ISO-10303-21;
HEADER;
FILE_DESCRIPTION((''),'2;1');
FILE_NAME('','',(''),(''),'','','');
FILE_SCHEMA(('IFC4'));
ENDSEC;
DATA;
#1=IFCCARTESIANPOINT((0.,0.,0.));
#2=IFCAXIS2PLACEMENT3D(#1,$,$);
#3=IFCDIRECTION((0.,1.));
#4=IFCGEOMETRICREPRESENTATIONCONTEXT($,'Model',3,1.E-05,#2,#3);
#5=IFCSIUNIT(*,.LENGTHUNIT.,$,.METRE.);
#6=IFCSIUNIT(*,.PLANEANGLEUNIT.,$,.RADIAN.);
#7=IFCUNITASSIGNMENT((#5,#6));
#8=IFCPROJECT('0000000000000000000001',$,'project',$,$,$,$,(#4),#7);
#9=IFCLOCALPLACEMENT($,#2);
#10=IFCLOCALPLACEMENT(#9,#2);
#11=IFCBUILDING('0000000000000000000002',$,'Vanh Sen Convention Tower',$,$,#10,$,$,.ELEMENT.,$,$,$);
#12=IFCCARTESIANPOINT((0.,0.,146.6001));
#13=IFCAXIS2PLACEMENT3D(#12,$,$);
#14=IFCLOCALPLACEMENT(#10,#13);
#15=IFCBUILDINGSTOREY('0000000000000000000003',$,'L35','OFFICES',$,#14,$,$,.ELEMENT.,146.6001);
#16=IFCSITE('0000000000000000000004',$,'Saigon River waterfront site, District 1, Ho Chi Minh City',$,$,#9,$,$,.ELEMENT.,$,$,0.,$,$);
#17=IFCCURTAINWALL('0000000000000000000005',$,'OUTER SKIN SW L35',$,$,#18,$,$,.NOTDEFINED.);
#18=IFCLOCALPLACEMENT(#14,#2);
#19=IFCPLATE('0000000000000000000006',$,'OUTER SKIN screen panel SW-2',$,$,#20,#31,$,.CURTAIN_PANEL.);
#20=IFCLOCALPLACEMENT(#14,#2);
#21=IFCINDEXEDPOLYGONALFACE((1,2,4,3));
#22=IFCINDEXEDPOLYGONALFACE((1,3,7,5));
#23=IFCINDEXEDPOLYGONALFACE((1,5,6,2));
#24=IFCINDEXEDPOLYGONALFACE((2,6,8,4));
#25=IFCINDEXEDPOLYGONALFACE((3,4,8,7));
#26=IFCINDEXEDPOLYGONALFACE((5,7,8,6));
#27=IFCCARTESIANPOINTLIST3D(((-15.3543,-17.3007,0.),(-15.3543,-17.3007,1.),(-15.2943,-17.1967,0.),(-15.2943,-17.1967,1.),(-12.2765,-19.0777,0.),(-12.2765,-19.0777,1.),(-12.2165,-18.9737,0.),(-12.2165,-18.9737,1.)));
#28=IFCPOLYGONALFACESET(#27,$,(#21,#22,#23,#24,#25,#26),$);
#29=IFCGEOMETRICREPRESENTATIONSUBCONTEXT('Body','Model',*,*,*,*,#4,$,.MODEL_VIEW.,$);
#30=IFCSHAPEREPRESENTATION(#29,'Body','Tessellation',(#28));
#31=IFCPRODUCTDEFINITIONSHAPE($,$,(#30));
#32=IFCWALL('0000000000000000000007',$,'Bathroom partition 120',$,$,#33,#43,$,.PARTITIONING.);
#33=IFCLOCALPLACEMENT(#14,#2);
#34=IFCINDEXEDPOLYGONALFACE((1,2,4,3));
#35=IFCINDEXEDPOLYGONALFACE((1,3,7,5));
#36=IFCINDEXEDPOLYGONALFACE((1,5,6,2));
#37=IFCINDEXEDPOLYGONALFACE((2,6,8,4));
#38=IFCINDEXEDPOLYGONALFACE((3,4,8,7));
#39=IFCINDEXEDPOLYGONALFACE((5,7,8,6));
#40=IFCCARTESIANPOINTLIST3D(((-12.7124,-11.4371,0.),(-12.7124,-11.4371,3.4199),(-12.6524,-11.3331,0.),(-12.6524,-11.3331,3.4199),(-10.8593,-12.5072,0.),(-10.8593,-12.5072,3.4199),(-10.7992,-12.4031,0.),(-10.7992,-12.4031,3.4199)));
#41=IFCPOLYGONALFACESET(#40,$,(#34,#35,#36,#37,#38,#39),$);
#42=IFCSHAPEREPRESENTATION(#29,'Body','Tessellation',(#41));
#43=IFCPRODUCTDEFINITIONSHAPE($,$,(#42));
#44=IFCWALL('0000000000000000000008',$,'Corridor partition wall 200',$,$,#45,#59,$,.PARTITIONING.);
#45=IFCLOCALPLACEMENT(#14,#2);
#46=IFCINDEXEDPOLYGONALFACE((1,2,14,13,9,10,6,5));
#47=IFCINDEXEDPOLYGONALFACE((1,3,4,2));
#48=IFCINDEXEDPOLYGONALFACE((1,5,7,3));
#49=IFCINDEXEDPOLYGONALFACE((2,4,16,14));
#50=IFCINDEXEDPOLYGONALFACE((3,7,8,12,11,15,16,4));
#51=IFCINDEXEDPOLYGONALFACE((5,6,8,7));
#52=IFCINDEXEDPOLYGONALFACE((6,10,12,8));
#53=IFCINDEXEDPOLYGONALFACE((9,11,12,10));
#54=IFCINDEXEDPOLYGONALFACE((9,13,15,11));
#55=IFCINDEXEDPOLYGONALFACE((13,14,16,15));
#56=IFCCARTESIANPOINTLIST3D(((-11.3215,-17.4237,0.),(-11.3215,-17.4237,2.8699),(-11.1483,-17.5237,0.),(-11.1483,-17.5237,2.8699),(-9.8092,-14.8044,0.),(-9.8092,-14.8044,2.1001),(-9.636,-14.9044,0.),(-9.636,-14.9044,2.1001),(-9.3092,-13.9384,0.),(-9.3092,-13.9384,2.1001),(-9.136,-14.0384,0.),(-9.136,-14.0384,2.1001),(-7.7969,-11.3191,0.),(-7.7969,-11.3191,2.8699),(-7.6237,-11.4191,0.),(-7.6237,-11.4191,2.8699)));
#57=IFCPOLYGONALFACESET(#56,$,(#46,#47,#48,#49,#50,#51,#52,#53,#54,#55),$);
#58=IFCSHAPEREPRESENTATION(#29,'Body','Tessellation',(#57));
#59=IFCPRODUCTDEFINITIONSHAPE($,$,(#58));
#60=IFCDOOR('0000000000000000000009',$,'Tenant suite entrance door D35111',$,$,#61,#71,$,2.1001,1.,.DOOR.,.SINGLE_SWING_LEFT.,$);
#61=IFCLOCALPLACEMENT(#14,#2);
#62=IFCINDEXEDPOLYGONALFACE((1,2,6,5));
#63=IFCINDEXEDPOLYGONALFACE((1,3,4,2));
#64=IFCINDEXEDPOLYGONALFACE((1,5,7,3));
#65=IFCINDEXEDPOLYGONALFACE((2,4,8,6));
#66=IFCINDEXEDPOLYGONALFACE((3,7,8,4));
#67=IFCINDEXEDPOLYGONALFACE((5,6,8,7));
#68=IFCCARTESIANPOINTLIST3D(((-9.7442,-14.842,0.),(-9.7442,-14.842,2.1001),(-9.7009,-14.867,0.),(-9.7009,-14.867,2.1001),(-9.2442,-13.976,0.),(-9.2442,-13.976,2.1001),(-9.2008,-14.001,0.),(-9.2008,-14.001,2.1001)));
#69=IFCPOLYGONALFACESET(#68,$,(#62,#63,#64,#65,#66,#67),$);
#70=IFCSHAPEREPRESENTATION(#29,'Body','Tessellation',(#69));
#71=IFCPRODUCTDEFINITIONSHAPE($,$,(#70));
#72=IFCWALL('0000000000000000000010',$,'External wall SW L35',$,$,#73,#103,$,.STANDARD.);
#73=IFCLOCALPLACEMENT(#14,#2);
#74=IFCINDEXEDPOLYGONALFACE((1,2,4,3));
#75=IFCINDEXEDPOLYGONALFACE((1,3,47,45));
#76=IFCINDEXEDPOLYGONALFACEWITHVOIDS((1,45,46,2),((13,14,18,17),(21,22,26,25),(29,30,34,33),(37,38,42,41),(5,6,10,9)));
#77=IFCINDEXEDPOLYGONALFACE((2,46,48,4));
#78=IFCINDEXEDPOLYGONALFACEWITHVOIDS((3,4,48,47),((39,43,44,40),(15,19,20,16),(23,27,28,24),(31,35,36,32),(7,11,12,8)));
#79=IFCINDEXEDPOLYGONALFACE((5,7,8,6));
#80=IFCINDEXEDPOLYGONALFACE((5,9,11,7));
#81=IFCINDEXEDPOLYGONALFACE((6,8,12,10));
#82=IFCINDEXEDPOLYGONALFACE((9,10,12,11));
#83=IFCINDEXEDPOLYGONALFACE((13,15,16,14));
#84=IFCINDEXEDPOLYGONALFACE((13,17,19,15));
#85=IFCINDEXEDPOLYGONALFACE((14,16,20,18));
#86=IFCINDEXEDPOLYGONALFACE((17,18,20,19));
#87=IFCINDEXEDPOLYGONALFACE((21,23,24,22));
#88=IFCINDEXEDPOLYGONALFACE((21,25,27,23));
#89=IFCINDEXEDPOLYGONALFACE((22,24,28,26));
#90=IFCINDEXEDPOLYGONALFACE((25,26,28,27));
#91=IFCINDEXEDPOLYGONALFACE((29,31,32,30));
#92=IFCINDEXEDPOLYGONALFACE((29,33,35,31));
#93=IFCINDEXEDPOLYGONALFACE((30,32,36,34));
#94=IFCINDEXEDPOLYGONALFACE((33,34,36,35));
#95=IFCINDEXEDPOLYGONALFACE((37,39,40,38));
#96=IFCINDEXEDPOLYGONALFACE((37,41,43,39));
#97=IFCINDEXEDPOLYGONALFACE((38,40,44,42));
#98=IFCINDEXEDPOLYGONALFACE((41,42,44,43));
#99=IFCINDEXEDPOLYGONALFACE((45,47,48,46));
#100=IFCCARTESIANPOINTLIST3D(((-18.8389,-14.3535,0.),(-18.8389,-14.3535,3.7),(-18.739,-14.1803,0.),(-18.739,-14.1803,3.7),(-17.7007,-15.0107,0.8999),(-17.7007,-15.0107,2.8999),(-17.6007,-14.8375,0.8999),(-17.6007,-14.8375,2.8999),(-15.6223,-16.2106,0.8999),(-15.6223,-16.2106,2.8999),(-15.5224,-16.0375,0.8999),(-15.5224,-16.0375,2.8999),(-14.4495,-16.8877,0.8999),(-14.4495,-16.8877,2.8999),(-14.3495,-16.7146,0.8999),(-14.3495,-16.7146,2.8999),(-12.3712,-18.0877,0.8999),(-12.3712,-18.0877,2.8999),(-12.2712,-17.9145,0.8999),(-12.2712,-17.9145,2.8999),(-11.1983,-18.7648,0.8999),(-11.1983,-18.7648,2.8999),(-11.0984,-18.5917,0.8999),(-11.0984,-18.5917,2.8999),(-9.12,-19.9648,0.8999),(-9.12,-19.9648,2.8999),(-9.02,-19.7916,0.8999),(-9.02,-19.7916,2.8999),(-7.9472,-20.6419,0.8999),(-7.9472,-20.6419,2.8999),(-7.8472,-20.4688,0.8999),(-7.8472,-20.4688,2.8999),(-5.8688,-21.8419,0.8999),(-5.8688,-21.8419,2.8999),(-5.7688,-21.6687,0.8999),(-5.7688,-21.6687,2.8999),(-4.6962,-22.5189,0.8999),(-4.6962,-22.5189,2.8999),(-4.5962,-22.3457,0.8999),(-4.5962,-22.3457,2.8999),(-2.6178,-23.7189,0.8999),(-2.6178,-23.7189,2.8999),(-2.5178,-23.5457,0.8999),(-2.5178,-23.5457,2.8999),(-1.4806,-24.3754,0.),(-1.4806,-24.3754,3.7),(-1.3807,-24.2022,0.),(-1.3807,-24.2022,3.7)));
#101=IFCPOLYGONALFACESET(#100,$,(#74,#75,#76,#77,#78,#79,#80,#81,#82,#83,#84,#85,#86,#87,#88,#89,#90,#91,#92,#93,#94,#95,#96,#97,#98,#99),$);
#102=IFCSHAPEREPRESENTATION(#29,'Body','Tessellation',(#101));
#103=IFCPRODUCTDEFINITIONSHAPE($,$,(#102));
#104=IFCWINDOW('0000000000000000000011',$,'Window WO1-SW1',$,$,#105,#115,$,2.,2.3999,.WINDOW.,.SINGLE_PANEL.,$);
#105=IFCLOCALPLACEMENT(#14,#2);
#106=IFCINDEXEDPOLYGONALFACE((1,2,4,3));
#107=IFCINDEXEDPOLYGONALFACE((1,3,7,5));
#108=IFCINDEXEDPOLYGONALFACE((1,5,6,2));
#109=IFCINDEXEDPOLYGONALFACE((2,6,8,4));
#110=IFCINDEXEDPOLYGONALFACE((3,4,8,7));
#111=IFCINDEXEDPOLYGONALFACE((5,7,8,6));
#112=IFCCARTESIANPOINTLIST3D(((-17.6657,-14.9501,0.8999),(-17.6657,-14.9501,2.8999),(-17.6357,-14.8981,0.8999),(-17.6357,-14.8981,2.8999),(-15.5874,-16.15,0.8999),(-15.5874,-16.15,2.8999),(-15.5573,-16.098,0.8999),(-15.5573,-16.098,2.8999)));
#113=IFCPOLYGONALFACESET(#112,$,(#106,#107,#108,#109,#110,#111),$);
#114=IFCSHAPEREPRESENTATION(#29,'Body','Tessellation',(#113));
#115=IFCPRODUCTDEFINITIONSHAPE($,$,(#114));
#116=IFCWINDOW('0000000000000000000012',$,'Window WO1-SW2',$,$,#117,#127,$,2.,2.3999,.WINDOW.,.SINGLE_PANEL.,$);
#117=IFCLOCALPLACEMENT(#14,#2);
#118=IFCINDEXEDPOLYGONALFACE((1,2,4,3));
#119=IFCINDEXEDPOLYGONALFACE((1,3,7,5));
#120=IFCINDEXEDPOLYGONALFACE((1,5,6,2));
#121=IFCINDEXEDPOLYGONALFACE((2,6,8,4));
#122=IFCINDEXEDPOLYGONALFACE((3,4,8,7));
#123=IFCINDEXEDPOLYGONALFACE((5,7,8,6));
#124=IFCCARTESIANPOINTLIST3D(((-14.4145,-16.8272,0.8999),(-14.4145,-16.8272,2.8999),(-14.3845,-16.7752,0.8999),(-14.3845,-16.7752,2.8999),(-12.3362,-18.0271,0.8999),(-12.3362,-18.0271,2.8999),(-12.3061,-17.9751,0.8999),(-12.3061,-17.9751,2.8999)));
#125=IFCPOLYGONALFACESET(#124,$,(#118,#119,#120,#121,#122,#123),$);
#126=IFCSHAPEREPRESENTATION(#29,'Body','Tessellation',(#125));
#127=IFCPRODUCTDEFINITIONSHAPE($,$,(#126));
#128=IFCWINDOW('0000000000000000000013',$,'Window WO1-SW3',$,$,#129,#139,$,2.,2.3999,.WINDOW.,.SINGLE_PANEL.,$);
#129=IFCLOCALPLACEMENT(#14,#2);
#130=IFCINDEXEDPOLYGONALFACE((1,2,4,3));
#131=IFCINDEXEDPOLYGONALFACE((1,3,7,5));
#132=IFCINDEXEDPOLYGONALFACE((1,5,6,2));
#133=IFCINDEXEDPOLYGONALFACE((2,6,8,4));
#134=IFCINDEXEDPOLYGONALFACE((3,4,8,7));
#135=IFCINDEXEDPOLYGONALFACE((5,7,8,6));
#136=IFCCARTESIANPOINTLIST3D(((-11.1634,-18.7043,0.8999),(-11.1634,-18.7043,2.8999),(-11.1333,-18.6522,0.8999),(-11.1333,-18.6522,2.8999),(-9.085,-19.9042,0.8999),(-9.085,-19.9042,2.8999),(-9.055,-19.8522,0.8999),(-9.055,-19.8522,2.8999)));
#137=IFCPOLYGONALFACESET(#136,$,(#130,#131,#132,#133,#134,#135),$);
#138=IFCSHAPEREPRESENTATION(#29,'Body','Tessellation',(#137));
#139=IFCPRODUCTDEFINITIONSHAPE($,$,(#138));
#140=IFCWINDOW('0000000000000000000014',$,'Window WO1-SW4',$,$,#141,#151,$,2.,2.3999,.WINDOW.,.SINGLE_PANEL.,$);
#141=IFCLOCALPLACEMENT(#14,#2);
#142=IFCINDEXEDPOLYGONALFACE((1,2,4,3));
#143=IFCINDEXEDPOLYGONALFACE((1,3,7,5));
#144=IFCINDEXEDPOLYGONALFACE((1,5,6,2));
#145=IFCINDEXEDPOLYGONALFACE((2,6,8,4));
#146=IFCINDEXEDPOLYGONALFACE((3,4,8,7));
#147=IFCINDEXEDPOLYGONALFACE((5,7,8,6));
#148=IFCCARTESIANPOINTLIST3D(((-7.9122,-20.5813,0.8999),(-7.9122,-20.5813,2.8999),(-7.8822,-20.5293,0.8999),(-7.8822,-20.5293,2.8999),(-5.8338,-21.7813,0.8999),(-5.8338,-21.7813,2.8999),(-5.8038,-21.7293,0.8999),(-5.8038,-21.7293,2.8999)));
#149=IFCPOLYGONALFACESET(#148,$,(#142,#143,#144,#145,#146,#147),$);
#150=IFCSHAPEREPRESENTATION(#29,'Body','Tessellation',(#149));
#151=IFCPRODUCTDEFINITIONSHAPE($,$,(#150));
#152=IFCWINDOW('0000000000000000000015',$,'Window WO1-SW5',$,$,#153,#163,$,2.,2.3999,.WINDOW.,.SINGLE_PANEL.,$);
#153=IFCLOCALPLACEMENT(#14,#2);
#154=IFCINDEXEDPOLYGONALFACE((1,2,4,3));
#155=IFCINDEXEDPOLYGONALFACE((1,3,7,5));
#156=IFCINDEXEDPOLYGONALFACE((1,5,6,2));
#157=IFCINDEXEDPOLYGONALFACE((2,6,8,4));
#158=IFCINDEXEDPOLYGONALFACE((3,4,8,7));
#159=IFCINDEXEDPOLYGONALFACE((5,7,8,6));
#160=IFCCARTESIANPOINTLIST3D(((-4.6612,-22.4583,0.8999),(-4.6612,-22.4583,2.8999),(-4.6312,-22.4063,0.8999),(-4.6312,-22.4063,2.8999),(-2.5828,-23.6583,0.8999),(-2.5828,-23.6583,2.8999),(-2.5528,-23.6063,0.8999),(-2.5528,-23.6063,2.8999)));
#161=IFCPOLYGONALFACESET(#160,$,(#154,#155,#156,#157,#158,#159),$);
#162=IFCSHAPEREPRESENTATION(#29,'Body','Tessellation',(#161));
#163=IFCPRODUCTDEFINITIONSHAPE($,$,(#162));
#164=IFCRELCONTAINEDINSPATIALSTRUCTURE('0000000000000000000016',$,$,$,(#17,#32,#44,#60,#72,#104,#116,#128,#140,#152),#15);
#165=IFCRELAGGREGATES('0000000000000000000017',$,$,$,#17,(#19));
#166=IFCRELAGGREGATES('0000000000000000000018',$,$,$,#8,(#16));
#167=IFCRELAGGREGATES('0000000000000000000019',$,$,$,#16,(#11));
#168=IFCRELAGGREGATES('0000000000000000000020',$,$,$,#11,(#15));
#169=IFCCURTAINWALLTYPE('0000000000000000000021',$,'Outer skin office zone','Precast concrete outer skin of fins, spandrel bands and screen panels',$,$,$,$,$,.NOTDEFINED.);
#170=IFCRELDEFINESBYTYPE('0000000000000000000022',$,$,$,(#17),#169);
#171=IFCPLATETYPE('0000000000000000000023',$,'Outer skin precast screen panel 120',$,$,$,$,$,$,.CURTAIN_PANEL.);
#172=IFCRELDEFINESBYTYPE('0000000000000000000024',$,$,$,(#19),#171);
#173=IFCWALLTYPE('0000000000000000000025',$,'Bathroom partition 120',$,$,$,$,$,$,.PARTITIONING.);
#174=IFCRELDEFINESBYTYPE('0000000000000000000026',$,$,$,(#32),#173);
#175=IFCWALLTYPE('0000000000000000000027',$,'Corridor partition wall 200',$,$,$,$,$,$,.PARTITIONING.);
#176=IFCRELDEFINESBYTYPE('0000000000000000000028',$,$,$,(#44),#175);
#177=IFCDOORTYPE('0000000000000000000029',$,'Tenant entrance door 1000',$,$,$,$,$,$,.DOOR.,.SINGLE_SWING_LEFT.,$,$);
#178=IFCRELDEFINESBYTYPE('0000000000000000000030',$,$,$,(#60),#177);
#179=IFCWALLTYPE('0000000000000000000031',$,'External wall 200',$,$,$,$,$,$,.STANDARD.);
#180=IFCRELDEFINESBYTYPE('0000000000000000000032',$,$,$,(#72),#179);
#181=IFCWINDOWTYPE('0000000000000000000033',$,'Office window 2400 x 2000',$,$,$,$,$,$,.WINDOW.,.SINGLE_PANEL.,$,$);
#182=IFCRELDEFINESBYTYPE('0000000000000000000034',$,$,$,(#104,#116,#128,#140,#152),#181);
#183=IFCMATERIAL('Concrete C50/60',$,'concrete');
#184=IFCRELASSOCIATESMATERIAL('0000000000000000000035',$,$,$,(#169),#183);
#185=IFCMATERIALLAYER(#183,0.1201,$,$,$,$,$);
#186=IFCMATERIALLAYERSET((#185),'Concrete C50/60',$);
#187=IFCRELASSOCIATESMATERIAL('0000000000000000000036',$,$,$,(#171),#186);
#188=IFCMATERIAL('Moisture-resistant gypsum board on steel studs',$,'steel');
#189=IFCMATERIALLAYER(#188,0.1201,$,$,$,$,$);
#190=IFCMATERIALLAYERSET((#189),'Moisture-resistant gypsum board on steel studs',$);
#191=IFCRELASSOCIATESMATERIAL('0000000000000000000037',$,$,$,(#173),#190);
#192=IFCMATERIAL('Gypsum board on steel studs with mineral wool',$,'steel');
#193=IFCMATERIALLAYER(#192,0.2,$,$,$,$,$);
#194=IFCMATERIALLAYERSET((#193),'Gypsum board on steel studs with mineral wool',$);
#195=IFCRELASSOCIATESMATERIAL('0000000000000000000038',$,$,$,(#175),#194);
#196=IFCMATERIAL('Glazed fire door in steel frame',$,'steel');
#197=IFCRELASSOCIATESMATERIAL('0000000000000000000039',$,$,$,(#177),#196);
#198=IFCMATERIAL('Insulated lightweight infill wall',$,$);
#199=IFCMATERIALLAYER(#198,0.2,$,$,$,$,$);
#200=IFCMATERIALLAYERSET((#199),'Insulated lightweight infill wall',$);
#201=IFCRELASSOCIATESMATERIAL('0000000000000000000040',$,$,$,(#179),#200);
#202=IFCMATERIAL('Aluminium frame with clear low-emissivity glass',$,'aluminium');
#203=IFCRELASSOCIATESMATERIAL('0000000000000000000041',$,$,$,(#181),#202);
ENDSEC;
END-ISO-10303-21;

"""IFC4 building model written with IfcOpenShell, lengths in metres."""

from ifc_helpers import new_model, si_unit, direction, frame, frame_2d, origin, origin_2d, place, context, subcontext, project, spatial, rectangle, extrude, material, layer, layer_set, type_object, element, fill, aggregate, save


model = new_model("IFC4")

# Units and contexts
model_context = context("Model", 3, precision=1e-05, world=origin(), true_north=direction((0.0, 1.0)))
body_context = subcontext(model_context, "Body", "Model", "MODEL_VIEW")
ifc_project = project(units=[si_unit("LENGTHUNIT", "METRE"), si_unit("PLANEANGLEUNIT", "RADIAN")], contexts=[model_context])

# Site, building, storey
site_placement = place(None, origin())
site = spatial("IfcSite", under=ifc_project, at=site_placement, Name="Saigon River waterfront site, District 1, Ho Chi Minh City", CompositionType="ELEMENT", RefElevation=0.0)
building_placement = place(site_placement, origin())
building = spatial("IfcBuilding", under=site, at=building_placement, Name="Vanh Sen Convention Tower", CompositionType="ELEMENT")
storey_placement = place(building_placement, frame((0.0, 0.0, 146.6001)))
storey = spatial("IfcBuildingStorey", under=building, at=storey_placement, Name="L35", Description="OFFICES", CompositionType="ELEMENT", Elevation=146.6001)

# Curtain wall
ifc_material_1 = material(Name="Concrete C50/60", Category="concrete")
curtain_wall_type = type_object("IfcCurtainWallType", Name="Outer skin office zone", Description="Precast concrete outer skin of fins, spandrel bands and screen panels", PredefinedType="NOTDEFINED", material=ifc_material_1)
curtain_wall_1_placement = place(storey_placement, origin())
curtain_wall_1 = element("IfcCurtainWall", 1, at=curtain_wall_1_placement, inside=storey, type_object=curtain_wall_type, Name="OUTER SKIN SW L35", PredefinedType="NOTDEFINED")

# Shared definitions
ifc_layer_1 = layer(ifc_material_1, 0.1201)
ifc_layer_set_1 = layer_set([ifc_layer_1], Name="Concrete C50/60")
plate_type = type_object("IfcPlateType", Name="Outer skin precast screen panel 120", PredefinedType="CURTAIN_PANEL", material=ifc_layer_set_1)

# Plate
plate_1_placement = place(storey_placement, frame((-13.7854, -18.1372, 0.0), z_axis=(0.0, 0.0, 1.0), x_axis=(0.866028, -0.499995, 0.0)))
plate_1 = element("IfcPlate", 2, at=plate_1_placement, type_object=plate_type, Name="OUTER SKIN screen panel SW-2", PredefinedType="CURTAIN_PANEL", context=body_context, shape_type="SweptSolid", body=[
    extrude(rectangle(XDim=3.554, YDim=0.1201, at=origin_2d()), origin(), (0.0, 0.0, 1.0), 1.0),
])
aggregate(curtain_wall_1, [plate_1])

# Wall
ifc_material_2 = material(Name="Moisture-resistant gypsum board on steel studs", Category="steel")
ifc_layer_2 = layer(ifc_material_2, 0.1201)
ifc_layer_set_2 = layer_set([ifc_layer_2], Name="Moisture-resistant gypsum board on steel studs")
wall_type_1 = type_object("IfcWallType", Name="Bathroom partition 120", PredefinedType="PARTITIONING", material=ifc_layer_set_2)
wall_1_placement = place(storey_placement, frame((-10.8293, -12.4551, 0.0), z_axis=(0.0, 0.0, 1.0), x_axis=(-0.866009, 0.500029, 0.0)))
element("IfcWall", 3, at=wall_1_placement, inside=storey, type_object=wall_type_1, Name="Bathroom partition 120", PredefinedType="PARTITIONING", context=body_context, shape_type="SweptSolid", body=[
    extrude(rectangle(XDim=2.1399, YDim=0.1201, at=frame_2d((1.0698, 0.0))), origin(), (0.0, 0.0, 1.0), 3.4199),
])

# Wall, opening, door
ifc_material_3 = material(Name="Gypsum board on steel studs with mineral wool", Category="steel")
ifc_layer_3 = layer(ifc_material_3, 0.2)
ifc_layer_set_3 = layer_set([ifc_layer_3], Name="Gypsum board on steel studs with mineral wool")
wall_type_2 = type_object("IfcWallType", Name="Corridor partition wall 200", PredefinedType="PARTITIONING", material=ifc_layer_set_3)
wall_2_placement = place(storey_placement, frame((-11.2349, -17.4736, 0.0), z_axis=(0.0, 0.0, 1.0), x_axis=(0.500009, 0.86602, 0.0)))
wall_2 = element("IfcWall", 4, at=wall_2_placement, inside=storey, type_object=wall_type_2, Name="Corridor partition wall 200", PredefinedType="PARTITIONING", context=body_context, shape_type="SweptSolid", body=[
    extrude(rectangle(XDim=7.0491, YDim=0.2, at=frame_2d((3.5244, 0.0))), origin(), (0.0, 0.0, 1.0), 2.8699),
])
opening_1_placement = place(wall_2_placement, frame((3.0244, 0.0, 0.0)))
opening_1 = element("IfcOpeningElement", 5, at=opening_1_placement, cuts=wall_2, PredefinedType="OPENING", context=body_context, shape_type="SweptSolid", body=[
    extrude(rectangle(XDim=1.0, YDim=2.1001, at=frame_2d((0.5, 1.05))), frame((0.0, 0.1099, 0.0), z_axis=(0.0, -1.0, 0.0), x_axis=(1.0, 0.0, 0.0)), (0.0, 0.0, 1.0), 0.22),
])
ifc_material_4 = material(Name="Glazed fire door in steel frame", Category="steel")
door_type = type_object("IfcDoorType", Name="Tenant entrance door 1000", OperationType="SINGLE_SWING_LEFT", PredefinedType="DOOR", material=ifc_material_4)
door_placement = place(opening_1_placement, origin())
door = element("IfcDoor", 6, at=door_placement, inside=storey, type_object=door_type, Name="Tenant suite entrance door D35111", OperationType="SINGLE_SWING_LEFT", OverallHeight=2.1001, OverallWidth=1.0, PredefinedType="DOOR", context=body_context, shape_type="SweptSolid", body=[
    extrude(rectangle(XDim=1.0, YDim=2.1001, at=frame_2d((0.5, 1.05))), frame((0.0, 0.0249, 0.0), z_axis=(0.0, -1.0, 0.0), x_axis=(1.0, 0.0, 0.0)), (0.0, 0.0, 1.0), 0.05),
])
fill(opening_1, door)

# Wall, openings, windows
ifc_material_5 = material(Name="Insulated lightweight infill wall")
ifc_layer_4 = layer(ifc_material_5, 0.2)
ifc_layer_set_4 = layer_set([ifc_layer_4], Name="Insulated lightweight infill wall")
wall_type_3 = type_object("IfcWallType", Name="External wall 200", PredefinedType="STANDARD", material=ifc_layer_set_4)
wall_3_placement = place(storey_placement, frame((-18.7891, -14.2668, 0.0), z_axis=(0.0, 0.0, 1.0), x_axis=(0.866023, -0.500004, 0.0)))
wall_3 = element("IfcWall", 7, at=wall_3_placement, inside=storey, type_object=wall_type_3, Name="External wall SW L35", PredefinedType="STANDARD", context=body_context, shape_type="SweptSolid", body=[
    extrude(rectangle(XDim=20.0437, YDim=0.2, at=frame_2d((10.022, 0.0))), origin(), (0.0, 0.0, 1.0), 3.7),
])
opening_2_placement = place(wall_3_placement, frame((1.3145, 0.0, 0.8999)))
opening_2 = element("IfcOpeningElement", 8, at=opening_2_placement, cuts=wall_3, PredefinedType="OPENING", context=body_context, shape_type="SweptSolid", body=[
    extrude(rectangle(XDim=2.3999, YDim=2.0, at=frame_2d((1.2, 1.0))), frame((0.0, 0.1099, 0.0), z_axis=(0.0, -1.0, 0.0), x_axis=(1.0, 0.0, 0.0)), (0.0, 0.0, 1.0), 0.22),
])
opening_3_placement = place(wall_3_placement, frame((5.0686, 0.0, 0.8999)))
opening_3 = element("IfcOpeningElement", 9, at=opening_3_placement, cuts=wall_3, PredefinedType="OPENING", context=body_context, shape_type="SweptSolid", body=[
    extrude(rectangle(XDim=2.3999, YDim=2.0, at=frame_2d((1.2, 1.0))), frame((0.0, 0.1099, 0.0), z_axis=(0.0, -1.0, 0.0), x_axis=(1.0, 0.0, 0.0)), (0.0, 0.0, 1.0), 0.22),
])
opening_4_placement = place(wall_3_placement, frame((8.8228, 0.0, 0.8999)))
opening_4 = element("IfcOpeningElement", 10, at=opening_4_placement, cuts=wall_3, PredefinedType="OPENING", context=body_context, shape_type="SweptSolid", body=[
    extrude(rectangle(XDim=2.3999, YDim=2.0, at=frame_2d((1.2, 1.0))), frame((0.0, 0.1099, 0.0), z_axis=(0.0, -1.0, 0.0), x_axis=(1.0, 0.0, 0.0)), (0.0, 0.0, 1.0), 0.22),
])
opening_5_placement = place(wall_3_placement, frame((12.5769, 0.0, 0.8999)))
opening_5 = element("IfcOpeningElement", 11, at=opening_5_placement, cuts=wall_3, PredefinedType="OPENING", context=body_context, shape_type="SweptSolid", body=[
    extrude(rectangle(XDim=2.3999, YDim=2.0, at=frame_2d((1.2, 1.0))), frame((0.0, 0.1099, 0.0), z_axis=(0.0, -1.0, 0.0), x_axis=(1.0, 0.0, 0.0)), (0.0, 0.0, 1.0), 0.22),
])
opening_6_placement = place(wall_3_placement, frame((16.3308, 0.0, 0.8999)))
opening_6 = element("IfcOpeningElement", 12, at=opening_6_placement, cuts=wall_3, PredefinedType="OPENING", context=body_context, shape_type="SweptSolid", body=[
    extrude(rectangle(XDim=2.3999, YDim=2.0, at=frame_2d((1.2, 1.0))), frame((0.0, 0.1099, 0.0), z_axis=(0.0, -1.0, 0.0), x_axis=(1.0, 0.0, 0.0)), (0.0, 0.0, 1.0), 0.22),
])
ifc_material_6 = material(Name="Aluminium frame with clear low-emissivity glass", Category="aluminium")
window_type = type_object("IfcWindowType", Name="Office window 2400 x 2000", PartitioningType="SINGLE_PANEL", PredefinedType="WINDOW", material=ifc_material_6)
window_1_placement = place(opening_2_placement, origin())
window_1 = element("IfcWindow", 13, at=window_1_placement, inside=storey, type_object=window_type, Name="Window WO1-SW1", OverallHeight=2.0, OverallWidth=2.3999, PartitioningType="SINGLE_PANEL", PredefinedType="WINDOW", context=body_context, shape_type="SweptSolid", body=[
    extrude(rectangle(XDim=2.3999, YDim=2.0, at=frame_2d((1.2, 1.0))), frame((0.0, 0.03, 0.0), z_axis=(0.0, -1.0, 0.0), x_axis=(1.0, 0.0, 0.0)), (0.0, 0.0, 1.0), 0.0601),
])
fill(opening_2, window_1)
window_2_placement = place(opening_3_placement, origin())
window_2 = element("IfcWindow", 14, at=window_2_placement, inside=storey, type_object=window_type, Name="Window WO1-SW2", OverallHeight=2.0, OverallWidth=2.3999, PartitioningType="SINGLE_PANEL", PredefinedType="WINDOW", context=body_context, shape_type="SweptSolid", body=[
    extrude(rectangle(XDim=2.3999, YDim=2.0, at=frame_2d((1.2, 1.0))), frame((0.0, 0.03, 0.0), z_axis=(0.0, -1.0, 0.0), x_axis=(1.0, 0.0, 0.0)), (0.0, 0.0, 1.0), 0.0601),
])
fill(opening_3, window_2)
window_3_placement = place(opening_4_placement, origin())
window_3 = element("IfcWindow", 15, at=window_3_placement, inside=storey, type_object=window_type, Name="Window WO1-SW3", OverallHeight=2.0, OverallWidth=2.3999, PartitioningType="SINGLE_PANEL", PredefinedType="WINDOW", context=body_context, shape_type="SweptSolid", body=[
    extrude(rectangle(XDim=2.3999, YDim=2.0, at=frame_2d((1.2, 1.0))), frame((0.0, 0.03, 0.0), z_axis=(0.0, -1.0, 0.0), x_axis=(1.0, 0.0, 0.0)), (0.0, 0.0, 1.0), 0.0601),
])
fill(opening_4, window_3)
window_4_placement = place(opening_5_placement, origin())
window_4 = element("IfcWindow", 16, at=window_4_placement, inside=storey, type_object=window_type, Name="Window WO1-SW4", OverallHeight=2.0, OverallWidth=2.3999, PartitioningType="SINGLE_PANEL", PredefinedType="WINDOW", context=body_context, shape_type="SweptSolid", body=[
    extrude(rectangle(XDim=2.3999, YDim=2.0, at=frame_2d((1.2, 1.0))), frame((0.0, 0.03, 0.0), z_axis=(0.0, -1.0, 0.0), x_axis=(1.0, 0.0, 0.0)), (0.0, 0.0, 1.0), 0.0601),
])
fill(opening_5, window_4)
window_5_placement = place(opening_6_placement, origin())
window_5 = element("IfcWindow", 17, at=window_5_placement, inside=storey, type_object=window_type, Name="Window WO1-SW5", OverallHeight=2.0, OverallWidth=2.3999, PartitioningType="SINGLE_PANEL", PredefinedType="WINDOW", context=body_context, shape_type="SweptSolid", body=[
    extrude(rectangle(XDim=2.3999, YDim=2.0, at=frame_2d((1.2, 1.0))), frame((0.0, 0.03, 0.0), z_axis=(0.0, -1.0, 0.0), x_axis=(1.0, 0.0, 0.0)), (0.0, 0.0, 1.0), 0.0601),
])
fill(opening_6, window_5)

save(model, "model.ifc")
